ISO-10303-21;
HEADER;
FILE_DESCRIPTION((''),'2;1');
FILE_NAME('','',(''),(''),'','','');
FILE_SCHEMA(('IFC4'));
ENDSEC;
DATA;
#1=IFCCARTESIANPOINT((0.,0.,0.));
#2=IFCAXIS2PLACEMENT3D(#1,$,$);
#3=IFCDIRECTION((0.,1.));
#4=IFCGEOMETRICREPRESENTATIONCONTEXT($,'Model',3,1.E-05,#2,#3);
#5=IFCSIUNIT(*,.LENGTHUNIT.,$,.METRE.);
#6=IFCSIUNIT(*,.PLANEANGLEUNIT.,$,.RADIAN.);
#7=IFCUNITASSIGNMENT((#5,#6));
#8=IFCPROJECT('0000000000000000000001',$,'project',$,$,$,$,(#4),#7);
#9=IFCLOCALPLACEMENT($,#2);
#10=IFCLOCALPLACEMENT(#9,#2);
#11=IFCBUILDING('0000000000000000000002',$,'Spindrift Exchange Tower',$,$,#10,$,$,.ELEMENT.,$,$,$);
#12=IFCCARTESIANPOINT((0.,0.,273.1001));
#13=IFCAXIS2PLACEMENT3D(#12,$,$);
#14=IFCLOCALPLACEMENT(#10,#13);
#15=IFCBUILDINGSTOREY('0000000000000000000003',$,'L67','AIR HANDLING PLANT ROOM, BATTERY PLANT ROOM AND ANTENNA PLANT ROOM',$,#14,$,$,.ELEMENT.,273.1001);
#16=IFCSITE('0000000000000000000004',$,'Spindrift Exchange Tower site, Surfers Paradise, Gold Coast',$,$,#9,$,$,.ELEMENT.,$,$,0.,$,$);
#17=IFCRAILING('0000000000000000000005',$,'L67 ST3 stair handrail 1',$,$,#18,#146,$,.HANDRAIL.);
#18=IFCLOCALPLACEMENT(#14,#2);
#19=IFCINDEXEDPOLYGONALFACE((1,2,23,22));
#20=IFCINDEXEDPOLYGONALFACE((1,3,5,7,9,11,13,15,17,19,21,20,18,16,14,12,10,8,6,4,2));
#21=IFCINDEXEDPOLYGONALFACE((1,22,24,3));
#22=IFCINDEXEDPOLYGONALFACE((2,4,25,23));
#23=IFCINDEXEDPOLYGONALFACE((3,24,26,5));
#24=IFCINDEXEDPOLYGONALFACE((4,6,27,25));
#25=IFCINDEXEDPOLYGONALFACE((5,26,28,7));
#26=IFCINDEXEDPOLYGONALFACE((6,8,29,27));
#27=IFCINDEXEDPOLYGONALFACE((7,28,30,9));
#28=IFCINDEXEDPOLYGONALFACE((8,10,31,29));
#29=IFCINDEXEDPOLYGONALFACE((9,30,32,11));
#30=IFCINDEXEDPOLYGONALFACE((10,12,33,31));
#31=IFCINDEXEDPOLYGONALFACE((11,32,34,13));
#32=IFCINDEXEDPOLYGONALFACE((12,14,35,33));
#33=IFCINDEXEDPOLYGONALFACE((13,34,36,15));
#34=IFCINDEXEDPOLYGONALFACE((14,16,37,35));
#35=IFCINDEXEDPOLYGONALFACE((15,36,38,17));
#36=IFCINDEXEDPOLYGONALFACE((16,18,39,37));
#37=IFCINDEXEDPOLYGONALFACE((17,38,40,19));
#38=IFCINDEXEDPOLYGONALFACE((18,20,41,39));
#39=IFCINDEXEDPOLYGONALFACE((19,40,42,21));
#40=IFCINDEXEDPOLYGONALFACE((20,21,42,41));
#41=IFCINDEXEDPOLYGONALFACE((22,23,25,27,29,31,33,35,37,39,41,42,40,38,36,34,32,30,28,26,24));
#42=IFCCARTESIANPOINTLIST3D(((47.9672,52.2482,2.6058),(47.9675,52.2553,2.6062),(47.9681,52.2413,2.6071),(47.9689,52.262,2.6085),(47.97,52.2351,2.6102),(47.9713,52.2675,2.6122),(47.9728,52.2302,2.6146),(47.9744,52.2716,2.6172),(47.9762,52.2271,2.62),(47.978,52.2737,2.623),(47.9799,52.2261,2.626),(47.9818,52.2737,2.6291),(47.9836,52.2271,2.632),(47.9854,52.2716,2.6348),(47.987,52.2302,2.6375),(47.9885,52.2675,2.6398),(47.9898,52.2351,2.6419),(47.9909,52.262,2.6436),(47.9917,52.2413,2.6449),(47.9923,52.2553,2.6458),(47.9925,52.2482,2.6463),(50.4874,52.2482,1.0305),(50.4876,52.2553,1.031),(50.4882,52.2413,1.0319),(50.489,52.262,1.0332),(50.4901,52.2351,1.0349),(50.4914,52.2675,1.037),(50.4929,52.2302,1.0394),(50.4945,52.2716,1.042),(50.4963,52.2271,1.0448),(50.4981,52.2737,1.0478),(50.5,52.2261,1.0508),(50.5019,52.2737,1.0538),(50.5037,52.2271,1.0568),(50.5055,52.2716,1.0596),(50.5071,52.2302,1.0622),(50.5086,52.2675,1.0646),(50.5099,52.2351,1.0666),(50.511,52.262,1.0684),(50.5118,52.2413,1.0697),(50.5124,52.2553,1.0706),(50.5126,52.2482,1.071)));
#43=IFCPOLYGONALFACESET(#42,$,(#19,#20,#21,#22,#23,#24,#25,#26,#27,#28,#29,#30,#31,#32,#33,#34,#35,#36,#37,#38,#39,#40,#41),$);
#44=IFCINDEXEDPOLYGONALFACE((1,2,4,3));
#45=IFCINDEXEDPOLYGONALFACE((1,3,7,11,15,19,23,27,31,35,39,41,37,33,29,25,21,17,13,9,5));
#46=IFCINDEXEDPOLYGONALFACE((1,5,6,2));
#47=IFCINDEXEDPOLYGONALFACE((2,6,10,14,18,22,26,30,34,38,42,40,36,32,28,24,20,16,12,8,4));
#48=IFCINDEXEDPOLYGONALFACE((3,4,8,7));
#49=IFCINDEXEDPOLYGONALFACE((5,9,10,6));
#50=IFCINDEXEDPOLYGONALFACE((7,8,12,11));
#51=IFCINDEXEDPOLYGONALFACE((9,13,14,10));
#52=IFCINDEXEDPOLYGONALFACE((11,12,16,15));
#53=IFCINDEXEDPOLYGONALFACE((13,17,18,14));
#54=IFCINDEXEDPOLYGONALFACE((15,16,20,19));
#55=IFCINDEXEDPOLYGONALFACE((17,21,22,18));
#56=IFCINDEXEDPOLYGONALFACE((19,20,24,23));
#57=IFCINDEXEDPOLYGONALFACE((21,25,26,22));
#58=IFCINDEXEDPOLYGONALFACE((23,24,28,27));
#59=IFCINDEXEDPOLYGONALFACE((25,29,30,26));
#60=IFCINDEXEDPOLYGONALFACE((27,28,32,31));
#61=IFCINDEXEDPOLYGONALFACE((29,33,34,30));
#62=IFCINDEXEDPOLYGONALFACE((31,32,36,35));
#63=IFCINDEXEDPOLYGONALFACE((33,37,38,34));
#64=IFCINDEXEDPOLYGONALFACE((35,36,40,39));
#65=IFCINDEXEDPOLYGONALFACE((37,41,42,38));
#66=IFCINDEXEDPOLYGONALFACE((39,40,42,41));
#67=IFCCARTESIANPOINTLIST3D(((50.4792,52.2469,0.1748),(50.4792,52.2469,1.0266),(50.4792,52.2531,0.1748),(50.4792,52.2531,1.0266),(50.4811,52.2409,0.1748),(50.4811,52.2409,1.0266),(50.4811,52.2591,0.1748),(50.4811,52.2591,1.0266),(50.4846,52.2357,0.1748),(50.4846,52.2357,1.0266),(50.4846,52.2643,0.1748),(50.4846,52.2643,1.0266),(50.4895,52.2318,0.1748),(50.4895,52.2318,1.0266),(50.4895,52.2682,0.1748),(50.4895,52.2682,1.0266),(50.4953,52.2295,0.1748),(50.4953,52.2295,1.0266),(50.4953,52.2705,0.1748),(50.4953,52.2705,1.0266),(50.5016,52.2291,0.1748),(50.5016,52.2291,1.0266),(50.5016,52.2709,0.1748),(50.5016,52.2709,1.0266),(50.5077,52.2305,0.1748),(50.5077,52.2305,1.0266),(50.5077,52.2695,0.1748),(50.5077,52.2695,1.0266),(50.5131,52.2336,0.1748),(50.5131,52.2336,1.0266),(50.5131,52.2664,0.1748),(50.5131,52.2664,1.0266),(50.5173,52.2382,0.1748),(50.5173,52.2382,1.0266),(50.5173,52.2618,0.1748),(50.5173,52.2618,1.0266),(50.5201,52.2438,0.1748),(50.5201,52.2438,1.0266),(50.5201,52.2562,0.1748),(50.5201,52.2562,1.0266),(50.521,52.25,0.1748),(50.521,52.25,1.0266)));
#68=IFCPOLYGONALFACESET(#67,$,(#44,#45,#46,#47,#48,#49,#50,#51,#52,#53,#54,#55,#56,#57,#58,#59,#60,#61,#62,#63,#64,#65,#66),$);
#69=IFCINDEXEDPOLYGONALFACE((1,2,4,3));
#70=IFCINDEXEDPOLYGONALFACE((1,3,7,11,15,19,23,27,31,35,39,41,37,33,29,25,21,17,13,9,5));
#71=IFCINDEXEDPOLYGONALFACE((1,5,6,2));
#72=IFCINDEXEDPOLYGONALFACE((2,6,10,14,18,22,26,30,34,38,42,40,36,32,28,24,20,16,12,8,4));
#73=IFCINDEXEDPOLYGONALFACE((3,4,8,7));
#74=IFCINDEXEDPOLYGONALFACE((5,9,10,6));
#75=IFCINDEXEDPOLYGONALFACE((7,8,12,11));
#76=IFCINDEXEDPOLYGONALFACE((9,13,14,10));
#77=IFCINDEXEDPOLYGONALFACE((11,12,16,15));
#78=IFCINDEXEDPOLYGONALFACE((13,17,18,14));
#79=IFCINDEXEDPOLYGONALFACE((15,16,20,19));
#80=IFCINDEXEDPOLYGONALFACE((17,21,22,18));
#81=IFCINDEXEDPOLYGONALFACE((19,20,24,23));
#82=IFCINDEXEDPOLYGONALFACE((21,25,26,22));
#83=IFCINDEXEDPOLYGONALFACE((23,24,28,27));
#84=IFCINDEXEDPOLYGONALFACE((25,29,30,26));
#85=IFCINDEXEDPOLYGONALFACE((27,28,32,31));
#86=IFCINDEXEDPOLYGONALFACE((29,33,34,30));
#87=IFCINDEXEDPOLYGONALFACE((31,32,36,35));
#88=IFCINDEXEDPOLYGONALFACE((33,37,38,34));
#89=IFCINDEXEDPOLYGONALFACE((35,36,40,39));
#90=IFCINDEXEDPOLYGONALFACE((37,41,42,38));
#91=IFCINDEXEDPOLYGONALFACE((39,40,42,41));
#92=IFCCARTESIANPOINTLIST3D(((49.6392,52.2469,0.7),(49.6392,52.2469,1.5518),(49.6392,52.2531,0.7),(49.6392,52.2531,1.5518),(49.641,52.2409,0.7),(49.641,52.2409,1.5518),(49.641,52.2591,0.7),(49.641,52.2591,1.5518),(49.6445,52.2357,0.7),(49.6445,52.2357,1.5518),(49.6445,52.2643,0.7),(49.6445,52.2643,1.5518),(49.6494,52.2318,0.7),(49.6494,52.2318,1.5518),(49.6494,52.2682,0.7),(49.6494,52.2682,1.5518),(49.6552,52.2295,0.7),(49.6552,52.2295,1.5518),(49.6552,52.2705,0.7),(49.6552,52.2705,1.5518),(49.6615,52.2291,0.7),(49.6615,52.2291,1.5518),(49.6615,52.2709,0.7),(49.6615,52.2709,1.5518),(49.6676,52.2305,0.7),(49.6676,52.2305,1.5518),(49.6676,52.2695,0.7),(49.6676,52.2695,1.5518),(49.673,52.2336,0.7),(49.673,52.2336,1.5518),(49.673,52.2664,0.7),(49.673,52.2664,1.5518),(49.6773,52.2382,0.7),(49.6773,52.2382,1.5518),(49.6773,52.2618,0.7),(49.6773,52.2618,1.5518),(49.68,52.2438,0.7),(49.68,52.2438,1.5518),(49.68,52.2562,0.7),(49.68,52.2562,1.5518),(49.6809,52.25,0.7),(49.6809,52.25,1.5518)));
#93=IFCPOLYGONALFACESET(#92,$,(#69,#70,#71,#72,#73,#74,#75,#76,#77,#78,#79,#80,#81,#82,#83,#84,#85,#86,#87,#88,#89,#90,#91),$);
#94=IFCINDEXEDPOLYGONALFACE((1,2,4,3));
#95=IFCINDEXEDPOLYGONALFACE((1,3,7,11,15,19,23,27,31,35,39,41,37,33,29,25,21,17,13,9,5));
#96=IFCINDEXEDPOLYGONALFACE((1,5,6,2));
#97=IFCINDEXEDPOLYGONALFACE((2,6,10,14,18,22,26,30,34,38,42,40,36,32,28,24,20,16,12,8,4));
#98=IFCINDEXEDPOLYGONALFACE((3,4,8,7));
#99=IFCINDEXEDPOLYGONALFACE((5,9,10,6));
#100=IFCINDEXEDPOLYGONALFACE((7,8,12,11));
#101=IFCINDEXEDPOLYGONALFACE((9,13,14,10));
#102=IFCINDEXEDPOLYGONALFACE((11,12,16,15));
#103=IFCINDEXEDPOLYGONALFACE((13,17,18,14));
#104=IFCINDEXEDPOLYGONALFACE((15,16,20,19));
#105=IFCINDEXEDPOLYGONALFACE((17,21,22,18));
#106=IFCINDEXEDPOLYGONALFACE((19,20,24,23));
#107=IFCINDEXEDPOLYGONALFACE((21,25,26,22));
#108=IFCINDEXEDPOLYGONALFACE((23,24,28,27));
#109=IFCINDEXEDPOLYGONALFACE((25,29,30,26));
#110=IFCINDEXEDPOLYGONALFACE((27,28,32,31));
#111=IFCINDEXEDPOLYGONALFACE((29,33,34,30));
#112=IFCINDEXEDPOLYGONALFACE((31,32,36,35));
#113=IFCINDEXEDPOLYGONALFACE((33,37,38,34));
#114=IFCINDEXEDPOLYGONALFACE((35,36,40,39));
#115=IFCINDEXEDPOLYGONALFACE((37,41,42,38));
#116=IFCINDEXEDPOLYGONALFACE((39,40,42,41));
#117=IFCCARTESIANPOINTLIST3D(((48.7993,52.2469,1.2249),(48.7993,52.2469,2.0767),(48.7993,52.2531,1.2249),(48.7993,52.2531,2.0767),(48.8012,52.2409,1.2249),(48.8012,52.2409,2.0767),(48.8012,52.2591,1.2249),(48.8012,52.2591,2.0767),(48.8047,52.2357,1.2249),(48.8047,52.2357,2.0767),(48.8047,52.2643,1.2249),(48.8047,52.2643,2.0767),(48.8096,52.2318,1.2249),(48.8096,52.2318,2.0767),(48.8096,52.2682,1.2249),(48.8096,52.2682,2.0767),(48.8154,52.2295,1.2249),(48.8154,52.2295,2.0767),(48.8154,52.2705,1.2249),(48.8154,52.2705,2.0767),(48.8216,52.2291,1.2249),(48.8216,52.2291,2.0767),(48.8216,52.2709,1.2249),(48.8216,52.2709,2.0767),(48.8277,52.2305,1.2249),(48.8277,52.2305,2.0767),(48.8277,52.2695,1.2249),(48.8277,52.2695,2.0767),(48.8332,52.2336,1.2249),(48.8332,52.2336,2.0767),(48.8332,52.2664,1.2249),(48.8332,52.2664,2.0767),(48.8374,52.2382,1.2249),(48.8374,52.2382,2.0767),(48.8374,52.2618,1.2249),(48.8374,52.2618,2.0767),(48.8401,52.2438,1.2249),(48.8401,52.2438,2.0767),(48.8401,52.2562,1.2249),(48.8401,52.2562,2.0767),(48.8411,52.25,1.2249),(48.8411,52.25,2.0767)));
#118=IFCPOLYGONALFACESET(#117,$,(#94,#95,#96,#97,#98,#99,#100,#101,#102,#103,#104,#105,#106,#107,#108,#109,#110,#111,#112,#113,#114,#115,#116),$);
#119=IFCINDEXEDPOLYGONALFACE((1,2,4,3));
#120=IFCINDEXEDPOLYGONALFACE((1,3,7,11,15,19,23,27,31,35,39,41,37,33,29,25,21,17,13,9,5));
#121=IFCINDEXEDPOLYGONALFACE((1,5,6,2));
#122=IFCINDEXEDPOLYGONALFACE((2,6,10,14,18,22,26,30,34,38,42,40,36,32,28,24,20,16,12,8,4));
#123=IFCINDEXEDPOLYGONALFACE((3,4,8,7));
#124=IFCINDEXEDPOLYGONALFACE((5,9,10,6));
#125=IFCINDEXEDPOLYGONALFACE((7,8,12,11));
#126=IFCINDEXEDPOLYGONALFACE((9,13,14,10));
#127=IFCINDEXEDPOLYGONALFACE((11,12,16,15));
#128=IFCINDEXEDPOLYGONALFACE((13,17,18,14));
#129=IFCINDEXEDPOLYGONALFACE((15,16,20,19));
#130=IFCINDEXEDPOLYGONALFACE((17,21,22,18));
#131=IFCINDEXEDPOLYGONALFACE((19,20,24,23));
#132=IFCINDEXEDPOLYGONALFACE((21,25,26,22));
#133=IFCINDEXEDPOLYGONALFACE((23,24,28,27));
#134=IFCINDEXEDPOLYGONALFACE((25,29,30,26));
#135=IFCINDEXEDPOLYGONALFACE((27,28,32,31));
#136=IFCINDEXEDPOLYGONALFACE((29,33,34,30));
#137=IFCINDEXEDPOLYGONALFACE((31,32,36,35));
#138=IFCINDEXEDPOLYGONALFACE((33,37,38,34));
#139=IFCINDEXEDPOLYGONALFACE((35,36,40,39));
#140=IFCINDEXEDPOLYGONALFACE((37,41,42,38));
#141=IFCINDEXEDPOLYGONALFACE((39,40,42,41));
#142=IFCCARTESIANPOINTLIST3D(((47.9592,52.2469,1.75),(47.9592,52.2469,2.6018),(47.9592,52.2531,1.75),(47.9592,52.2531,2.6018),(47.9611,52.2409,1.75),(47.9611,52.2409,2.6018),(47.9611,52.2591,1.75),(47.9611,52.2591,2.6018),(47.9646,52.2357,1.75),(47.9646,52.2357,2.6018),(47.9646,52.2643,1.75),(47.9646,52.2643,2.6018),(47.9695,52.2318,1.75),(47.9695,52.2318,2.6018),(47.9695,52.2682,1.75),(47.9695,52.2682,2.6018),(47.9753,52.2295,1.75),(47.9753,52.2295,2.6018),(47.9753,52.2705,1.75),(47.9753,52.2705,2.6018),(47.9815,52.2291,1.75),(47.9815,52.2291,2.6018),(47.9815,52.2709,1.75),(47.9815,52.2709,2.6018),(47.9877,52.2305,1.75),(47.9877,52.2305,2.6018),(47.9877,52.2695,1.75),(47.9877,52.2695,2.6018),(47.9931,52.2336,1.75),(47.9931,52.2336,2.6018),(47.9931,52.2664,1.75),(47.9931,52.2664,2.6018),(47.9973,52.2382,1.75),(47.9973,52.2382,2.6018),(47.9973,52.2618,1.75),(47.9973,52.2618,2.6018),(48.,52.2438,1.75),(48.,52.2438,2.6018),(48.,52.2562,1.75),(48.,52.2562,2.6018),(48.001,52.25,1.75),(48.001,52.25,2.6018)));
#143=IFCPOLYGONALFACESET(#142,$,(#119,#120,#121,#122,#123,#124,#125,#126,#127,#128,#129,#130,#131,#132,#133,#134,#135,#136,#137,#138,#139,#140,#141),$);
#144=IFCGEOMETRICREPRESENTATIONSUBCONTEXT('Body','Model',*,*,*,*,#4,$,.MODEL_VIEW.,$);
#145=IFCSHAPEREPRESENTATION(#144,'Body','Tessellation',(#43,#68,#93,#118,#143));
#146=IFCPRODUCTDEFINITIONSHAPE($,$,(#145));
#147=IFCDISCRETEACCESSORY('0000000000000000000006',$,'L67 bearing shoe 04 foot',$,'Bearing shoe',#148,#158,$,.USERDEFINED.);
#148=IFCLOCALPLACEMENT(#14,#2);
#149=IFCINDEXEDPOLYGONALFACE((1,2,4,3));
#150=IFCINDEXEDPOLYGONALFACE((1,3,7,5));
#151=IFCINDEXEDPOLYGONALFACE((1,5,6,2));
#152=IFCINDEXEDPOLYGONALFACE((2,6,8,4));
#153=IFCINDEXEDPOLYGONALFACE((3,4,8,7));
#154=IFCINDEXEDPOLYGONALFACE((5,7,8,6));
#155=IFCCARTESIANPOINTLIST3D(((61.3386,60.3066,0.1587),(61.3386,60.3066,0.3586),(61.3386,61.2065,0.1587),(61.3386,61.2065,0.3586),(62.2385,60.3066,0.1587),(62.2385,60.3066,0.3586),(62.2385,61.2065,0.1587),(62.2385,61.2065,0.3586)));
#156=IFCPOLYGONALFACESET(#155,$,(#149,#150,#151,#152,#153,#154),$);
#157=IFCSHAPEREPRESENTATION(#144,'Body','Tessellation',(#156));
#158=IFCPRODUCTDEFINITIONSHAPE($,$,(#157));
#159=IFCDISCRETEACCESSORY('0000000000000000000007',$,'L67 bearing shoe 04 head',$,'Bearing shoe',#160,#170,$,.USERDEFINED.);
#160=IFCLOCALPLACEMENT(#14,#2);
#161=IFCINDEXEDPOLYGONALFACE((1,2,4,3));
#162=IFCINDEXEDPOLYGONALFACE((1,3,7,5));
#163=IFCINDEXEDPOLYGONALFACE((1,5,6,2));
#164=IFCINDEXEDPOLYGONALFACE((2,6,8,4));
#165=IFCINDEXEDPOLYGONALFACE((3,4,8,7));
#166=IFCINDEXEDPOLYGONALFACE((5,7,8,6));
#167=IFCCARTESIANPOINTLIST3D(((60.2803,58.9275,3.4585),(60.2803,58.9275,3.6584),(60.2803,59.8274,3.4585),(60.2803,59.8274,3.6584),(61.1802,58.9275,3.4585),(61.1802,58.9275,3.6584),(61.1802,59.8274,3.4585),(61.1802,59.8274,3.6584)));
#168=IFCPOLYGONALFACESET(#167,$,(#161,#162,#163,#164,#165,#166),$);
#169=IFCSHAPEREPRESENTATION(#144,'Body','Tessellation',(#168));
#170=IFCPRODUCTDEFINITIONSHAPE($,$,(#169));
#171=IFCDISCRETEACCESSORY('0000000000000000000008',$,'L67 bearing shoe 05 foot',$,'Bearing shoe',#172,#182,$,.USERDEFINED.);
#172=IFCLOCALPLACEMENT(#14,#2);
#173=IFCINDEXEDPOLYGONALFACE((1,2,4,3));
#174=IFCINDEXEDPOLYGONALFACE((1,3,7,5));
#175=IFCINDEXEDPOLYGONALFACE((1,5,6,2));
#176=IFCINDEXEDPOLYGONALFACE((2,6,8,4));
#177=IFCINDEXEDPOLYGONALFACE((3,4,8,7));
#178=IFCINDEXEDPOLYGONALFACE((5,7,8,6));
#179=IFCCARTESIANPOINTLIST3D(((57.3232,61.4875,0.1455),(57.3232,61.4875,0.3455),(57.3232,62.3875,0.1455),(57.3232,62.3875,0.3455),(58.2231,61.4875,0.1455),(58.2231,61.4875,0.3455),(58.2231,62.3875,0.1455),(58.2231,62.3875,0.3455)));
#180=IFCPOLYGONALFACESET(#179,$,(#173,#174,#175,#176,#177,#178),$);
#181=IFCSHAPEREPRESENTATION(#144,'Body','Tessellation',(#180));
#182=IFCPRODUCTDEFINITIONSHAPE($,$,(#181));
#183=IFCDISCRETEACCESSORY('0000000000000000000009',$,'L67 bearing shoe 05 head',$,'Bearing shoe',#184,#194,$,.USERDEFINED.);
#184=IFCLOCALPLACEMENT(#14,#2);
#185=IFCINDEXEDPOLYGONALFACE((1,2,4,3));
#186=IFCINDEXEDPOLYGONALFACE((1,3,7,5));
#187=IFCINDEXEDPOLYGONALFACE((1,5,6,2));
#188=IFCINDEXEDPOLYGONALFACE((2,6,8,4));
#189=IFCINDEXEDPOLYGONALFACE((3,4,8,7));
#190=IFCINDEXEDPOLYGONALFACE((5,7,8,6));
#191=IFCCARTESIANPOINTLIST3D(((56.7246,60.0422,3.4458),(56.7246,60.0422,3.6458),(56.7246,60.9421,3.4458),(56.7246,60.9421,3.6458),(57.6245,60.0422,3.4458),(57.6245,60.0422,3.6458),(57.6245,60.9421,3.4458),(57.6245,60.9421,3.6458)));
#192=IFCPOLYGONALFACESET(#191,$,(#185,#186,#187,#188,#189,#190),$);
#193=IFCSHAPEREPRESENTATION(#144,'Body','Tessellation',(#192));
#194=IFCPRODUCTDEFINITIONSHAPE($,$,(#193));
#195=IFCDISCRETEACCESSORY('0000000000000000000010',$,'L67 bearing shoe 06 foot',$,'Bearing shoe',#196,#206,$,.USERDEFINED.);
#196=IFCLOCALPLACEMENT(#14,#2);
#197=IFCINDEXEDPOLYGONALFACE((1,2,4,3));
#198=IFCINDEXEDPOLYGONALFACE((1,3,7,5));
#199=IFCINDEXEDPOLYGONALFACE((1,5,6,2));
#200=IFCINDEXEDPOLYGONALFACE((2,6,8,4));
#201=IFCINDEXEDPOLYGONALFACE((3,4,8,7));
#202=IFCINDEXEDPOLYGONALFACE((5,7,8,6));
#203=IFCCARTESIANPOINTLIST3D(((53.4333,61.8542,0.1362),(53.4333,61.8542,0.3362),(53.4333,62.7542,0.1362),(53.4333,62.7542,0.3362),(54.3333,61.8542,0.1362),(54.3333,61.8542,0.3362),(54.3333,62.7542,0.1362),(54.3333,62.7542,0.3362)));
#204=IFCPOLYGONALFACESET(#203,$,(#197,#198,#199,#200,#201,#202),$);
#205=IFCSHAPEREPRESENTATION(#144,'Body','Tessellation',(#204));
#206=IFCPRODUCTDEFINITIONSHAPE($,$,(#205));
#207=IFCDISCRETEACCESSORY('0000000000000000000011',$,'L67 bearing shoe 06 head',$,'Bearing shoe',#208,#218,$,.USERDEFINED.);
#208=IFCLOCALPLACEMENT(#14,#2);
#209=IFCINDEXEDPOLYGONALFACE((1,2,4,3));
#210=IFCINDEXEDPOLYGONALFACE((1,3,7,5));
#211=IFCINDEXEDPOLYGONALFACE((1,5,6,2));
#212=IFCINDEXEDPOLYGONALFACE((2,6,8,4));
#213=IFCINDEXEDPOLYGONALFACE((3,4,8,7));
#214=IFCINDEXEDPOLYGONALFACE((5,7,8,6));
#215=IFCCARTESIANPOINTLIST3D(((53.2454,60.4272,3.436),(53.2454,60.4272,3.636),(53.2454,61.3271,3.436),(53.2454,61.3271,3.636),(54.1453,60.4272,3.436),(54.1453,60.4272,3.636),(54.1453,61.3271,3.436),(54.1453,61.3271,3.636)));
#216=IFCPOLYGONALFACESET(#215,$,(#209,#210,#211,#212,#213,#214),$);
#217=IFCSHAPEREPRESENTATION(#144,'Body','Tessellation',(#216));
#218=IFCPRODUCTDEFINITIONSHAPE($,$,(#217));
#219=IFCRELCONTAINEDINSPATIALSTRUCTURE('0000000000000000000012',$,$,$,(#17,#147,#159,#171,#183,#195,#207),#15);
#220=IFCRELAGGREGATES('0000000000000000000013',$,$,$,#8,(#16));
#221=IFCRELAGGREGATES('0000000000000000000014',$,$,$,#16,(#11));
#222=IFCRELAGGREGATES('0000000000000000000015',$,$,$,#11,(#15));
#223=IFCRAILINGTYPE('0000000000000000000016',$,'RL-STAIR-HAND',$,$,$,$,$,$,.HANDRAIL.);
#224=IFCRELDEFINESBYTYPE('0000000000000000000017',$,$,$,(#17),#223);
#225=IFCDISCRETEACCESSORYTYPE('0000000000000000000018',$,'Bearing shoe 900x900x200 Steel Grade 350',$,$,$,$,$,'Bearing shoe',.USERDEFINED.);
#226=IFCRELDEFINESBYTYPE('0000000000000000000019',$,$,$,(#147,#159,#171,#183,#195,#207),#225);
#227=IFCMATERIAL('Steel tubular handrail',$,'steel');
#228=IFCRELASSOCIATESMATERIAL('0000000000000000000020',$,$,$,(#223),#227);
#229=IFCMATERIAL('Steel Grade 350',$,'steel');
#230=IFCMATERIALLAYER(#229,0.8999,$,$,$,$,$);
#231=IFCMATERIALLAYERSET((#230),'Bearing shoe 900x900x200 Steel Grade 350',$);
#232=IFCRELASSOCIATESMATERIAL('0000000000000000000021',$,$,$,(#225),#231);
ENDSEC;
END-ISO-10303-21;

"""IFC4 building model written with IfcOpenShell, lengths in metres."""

from ifc_helpers import new_model, si_unit, direction, frame, origin, origin_2d, place, context, subcontext, project, spatial, rectangle, circle, extrude, source, transform, mapped, material, layer, layer_set, type_object, element, save


model = new_model("IFC4")

# Units and contexts
model_context = context("Model", 3, precision=1e-05, world=origin(), true_north=direction((0.0, 1.0)))
body_context = subcontext(model_context, "Body", "Model", "MODEL_VIEW")
ifc_project = project(units=[si_unit("LENGTHUNIT", "METRE"), si_unit("PLANEANGLEUNIT", "RADIAN")], contexts=[model_context])

# Site, building, storey
site_placement = place(None, origin())
site = spatial("IfcSite", under=ifc_project, at=site_placement, Name="Spindrift Exchange Tower site, Surfers Paradise, Gold Coast", CompositionType="ELEMENT", RefElevation=0.0)
building_placement = place(site_placement, origin())
building = spatial("IfcBuilding", under=site, at=building_placement, Name="Spindrift Exchange Tower", CompositionType="ELEMENT")
storey_placement = place(building_placement, frame((0.0, 0.0, 273.1001)))
storey = spatial("IfcBuildingStorey", under=building, at=storey_placement, Name="L67", Description="AIR HANDLING PLANT ROOM, BATTERY PLANT ROOM AND ANTENNA PLANT ROOM", CompositionType="ELEMENT", Elevation=273.1001)

# Railing
ifc_material_1 = material(Name="Steel tubular handrail", Category="steel")
railing_type_1 = type_object("IfcRailingType", Name="RL-STAIR-HAND", PredefinedType="HANDRAIL", material=ifc_material_1)
railing_1_placement = place(storey_placement, frame((50.5, 52.25, 0.1748)))
element("IfcRailing", 1, at=railing_1_placement, inside=storey, type_object=railing_type_1, Name="L67 ST3 stair handrail 1", PredefinedType="HANDRAIL", context=body_context, shape_type="SweptSolid", body=[
    extrude(circle(Radius=0.0239, at=origin_2d()), frame((0.0, 0.0, 0.876), z_axis=(-0.847971, 0.0, 0.530043), x_axis=(0.0, -1.0, 0.0)), (0.0, 0.0, 1.0), 2.9719),
    extrude(circle(Radius=0.021, at=origin_2d()), origin(), (0.0, 0.0, 1.0), 0.8518),
    extrude(circle(Radius=0.021, at=origin_2d()), frame((-0.8401, 0.0, 0.5251)), (0.0, 0.0, 1.0), 0.8518),
    extrude(circle(Radius=0.021, at=origin_2d()), frame((-1.6799, 0.0, 1.05)), (0.0, 0.0, 1.0), 0.8518),
    extrude(circle(Radius=0.021, at=origin_2d()), frame((-2.52, 0.0, 1.5752)), (0.0, 0.0, 1.0), 0.8518),
])

# Discrete accessories
ifc_material_2 = material(Name="Steel Grade 350", Category="steel")
ifc_layer_1 = layer(ifc_material_2, 0.8999)
ifc_layer_set_1 = layer_set([ifc_layer_1], Name="Bearing shoe 900x900x200 Steel Grade 350")
discrete_accessory_type = type_object("IfcDiscreteAccessoryType", Name="Bearing shoe 900x900x200 Steel Grade 350", ElementType="Bearing shoe", PredefinedType="USERDEFINED", material=ifc_layer_set_1)
shared_shape_1 = source(origin(), body_context, "Body", "SweptSolid", [
    extrude(rectangle(XDim=0.8999, YDim=0.8999, at=origin_2d()), origin(), (0.0, 0.0, 1.0), 0.2),
])
for number, where, z_axis, x_axis, name in (
    (2, (61.7886, 60.7566, 0.1587), (0.0, 0.0, 1.0), (1.0, 0.0, 0.0), "L67 bearing shoe 04 foot"),
    (3, (60.7302, 59.3774, 3.4585), (0.0, 0.0, 1.0), (1.0, 0.0, 0.0), "L67 bearing shoe 04 head"),
    (4, (57.7732, 61.9375, 0.1455), (0.0, 0.0, 1.0), (1.0, 0.0, 0.0), "L67 bearing shoe 05 foot"),
    (5, (57.1746, 60.4922, 3.4458), (0.0, 0.0, 1.0), (1.0, 0.0, 0.0), "L67 bearing shoe 05 head"),
    (6, (53.8833, 62.3042, 0.1362), (0.0, 0.0, 1.0), (1.0, 0.0, 0.0), "L67 bearing shoe 06 foot"),
    (7, (53.6953, 60.8772, 3.436), (0.0, 0.0, 1.0), (1.0, 0.0, 0.0), "L67 bearing shoe 06 head"),
):
    element("IfcDiscreteAccessory", number, at=place(storey_placement, frame(where, z_axis=z_axis, x_axis=x_axis)), inside=storey, type_object=discrete_accessory_type, Name=name, ObjectType="Bearing shoe", PredefinedType="USERDEFINED", context=body_context, shape_type="MappedRepresentation", body=[
        mapped(shared_shape_1, transform((0.0, 0.0, 0.0), scale=1.0)),
    ])

save(model, "model.ifc")
